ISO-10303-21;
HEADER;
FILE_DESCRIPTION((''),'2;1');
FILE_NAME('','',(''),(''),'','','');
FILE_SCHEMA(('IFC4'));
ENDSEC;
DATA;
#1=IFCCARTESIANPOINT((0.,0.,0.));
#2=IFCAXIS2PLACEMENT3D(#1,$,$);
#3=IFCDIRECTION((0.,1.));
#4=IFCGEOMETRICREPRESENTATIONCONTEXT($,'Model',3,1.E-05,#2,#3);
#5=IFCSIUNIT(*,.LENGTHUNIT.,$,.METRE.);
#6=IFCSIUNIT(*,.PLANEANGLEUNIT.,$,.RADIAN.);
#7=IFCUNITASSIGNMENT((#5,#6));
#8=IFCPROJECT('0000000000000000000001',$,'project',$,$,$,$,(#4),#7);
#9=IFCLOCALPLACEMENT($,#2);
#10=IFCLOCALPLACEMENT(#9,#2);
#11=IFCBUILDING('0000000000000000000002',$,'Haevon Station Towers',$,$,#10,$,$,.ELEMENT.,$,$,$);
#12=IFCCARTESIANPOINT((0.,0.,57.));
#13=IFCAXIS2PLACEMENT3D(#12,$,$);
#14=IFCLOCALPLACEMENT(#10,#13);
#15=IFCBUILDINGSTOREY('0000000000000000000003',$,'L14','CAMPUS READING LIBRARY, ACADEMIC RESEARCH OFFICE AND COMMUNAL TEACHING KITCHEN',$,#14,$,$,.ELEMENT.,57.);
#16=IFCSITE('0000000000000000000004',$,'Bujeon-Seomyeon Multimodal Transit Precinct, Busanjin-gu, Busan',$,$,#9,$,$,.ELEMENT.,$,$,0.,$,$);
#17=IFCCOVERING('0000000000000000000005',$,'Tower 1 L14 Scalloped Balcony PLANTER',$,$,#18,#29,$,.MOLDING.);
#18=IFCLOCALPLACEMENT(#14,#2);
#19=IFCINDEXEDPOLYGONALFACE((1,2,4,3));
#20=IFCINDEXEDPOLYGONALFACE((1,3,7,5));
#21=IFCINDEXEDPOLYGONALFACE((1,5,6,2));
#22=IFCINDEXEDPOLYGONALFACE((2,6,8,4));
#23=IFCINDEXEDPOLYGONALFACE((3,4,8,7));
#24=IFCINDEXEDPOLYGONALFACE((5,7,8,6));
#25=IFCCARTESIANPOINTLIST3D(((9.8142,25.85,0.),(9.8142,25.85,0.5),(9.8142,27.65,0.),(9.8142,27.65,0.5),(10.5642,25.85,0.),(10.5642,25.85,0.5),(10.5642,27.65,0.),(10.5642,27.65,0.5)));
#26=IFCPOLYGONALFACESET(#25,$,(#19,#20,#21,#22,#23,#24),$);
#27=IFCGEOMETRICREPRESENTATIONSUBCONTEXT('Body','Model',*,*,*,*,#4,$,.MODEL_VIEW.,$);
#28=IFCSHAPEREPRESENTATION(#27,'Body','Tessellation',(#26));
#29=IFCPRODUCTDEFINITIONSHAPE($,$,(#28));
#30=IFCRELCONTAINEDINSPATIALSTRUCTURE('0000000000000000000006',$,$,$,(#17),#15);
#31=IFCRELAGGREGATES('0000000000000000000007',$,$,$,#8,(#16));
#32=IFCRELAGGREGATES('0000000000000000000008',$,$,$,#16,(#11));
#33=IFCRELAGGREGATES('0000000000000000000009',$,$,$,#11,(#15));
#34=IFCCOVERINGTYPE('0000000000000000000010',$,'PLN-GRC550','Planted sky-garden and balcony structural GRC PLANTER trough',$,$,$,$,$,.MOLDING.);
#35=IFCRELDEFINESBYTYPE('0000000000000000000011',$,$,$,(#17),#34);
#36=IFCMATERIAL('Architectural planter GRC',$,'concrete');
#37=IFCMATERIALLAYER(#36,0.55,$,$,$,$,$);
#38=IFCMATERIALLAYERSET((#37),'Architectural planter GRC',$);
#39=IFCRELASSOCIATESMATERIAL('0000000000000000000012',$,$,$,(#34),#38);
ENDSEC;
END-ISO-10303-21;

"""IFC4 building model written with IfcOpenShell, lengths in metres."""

from ifc_helpers import new_model, si_unit, direction, frame, origin, origin_2d, place, context, subcontext, project, spatial, rectangle, extrude, material, layer, layer_set, type_object, element, save


model = new_model("IFC4")

# Units and contexts
model_context = context("Model", 3, precision=1e-05, world=origin(), true_north=direction((0.0, 1.0)))
body_context = subcontext(model_context, "Body", "Model", "MODEL_VIEW")
ifc_project = project(units=[si_unit("LENGTHUNIT", "METRE"), si_unit("PLANEANGLEUNIT", "RADIAN")], contexts=[model_context])

# Site, building, storey
site_placement = place(None, origin())
site = spatial("IfcSite", under=ifc_project, at=site_placement, Name="Bujeon-Seomyeon Multimodal Transit Precinct, Busanjin-gu, Busan", CompositionType="ELEMENT", RefElevation=0.0)
building_placement = place(site_placement, origin())
building = spatial("IfcBuilding", under=site, at=building_placement, Name="Haevon Station Towers", CompositionType="ELEMENT")
storey_placement = place(building_placement, frame((0.0, 0.0, 57.0)))
storey = spatial("IfcBuildingStorey", under=building, at=storey_placement, Name="L14", Description="CAMPUS READING LIBRARY, ACADEMIC RESEARCH OFFICE AND COMMUNAL TEACHING KITCHEN", CompositionType="ELEMENT", Elevation=57.0)

# Covering
ifc_material_1 = material(Name="Architectural planter GRC", Category="concrete")
ifc_layer_1 = layer(ifc_material_1, 0.55)
ifc_layer_set_1 = layer_set([ifc_layer_1], Name="Architectural planter GRC")
covering_type = type_object("IfcCoveringType", Name="PLN-GRC550", Description="Planted sky-garden and balcony structural GRC PLANTER trough", PredefinedType="MOLDING", material=ifc_layer_set_1)
covering_placement = place(storey_placement, frame((10.1892, 26.75, 0.0), z_axis=(0.0, 0.0, 1.0), x_axis=(1.0, 0.0, 0.0)))
element("IfcCovering", 1, at=covering_placement, inside=storey, type_object=covering_type, Name="Tower 1 L14 Scalloped Balcony PLANTER", PredefinedType="MOLDING", context=body_context, shape_type="SweptSolid", body=[
    extrude(rectangle(XDim=0.75, YDim=1.8, at=origin_2d()), origin(), (0.0, 0.0, 1.0), 0.5),
])

save(model, "model.ifc")
